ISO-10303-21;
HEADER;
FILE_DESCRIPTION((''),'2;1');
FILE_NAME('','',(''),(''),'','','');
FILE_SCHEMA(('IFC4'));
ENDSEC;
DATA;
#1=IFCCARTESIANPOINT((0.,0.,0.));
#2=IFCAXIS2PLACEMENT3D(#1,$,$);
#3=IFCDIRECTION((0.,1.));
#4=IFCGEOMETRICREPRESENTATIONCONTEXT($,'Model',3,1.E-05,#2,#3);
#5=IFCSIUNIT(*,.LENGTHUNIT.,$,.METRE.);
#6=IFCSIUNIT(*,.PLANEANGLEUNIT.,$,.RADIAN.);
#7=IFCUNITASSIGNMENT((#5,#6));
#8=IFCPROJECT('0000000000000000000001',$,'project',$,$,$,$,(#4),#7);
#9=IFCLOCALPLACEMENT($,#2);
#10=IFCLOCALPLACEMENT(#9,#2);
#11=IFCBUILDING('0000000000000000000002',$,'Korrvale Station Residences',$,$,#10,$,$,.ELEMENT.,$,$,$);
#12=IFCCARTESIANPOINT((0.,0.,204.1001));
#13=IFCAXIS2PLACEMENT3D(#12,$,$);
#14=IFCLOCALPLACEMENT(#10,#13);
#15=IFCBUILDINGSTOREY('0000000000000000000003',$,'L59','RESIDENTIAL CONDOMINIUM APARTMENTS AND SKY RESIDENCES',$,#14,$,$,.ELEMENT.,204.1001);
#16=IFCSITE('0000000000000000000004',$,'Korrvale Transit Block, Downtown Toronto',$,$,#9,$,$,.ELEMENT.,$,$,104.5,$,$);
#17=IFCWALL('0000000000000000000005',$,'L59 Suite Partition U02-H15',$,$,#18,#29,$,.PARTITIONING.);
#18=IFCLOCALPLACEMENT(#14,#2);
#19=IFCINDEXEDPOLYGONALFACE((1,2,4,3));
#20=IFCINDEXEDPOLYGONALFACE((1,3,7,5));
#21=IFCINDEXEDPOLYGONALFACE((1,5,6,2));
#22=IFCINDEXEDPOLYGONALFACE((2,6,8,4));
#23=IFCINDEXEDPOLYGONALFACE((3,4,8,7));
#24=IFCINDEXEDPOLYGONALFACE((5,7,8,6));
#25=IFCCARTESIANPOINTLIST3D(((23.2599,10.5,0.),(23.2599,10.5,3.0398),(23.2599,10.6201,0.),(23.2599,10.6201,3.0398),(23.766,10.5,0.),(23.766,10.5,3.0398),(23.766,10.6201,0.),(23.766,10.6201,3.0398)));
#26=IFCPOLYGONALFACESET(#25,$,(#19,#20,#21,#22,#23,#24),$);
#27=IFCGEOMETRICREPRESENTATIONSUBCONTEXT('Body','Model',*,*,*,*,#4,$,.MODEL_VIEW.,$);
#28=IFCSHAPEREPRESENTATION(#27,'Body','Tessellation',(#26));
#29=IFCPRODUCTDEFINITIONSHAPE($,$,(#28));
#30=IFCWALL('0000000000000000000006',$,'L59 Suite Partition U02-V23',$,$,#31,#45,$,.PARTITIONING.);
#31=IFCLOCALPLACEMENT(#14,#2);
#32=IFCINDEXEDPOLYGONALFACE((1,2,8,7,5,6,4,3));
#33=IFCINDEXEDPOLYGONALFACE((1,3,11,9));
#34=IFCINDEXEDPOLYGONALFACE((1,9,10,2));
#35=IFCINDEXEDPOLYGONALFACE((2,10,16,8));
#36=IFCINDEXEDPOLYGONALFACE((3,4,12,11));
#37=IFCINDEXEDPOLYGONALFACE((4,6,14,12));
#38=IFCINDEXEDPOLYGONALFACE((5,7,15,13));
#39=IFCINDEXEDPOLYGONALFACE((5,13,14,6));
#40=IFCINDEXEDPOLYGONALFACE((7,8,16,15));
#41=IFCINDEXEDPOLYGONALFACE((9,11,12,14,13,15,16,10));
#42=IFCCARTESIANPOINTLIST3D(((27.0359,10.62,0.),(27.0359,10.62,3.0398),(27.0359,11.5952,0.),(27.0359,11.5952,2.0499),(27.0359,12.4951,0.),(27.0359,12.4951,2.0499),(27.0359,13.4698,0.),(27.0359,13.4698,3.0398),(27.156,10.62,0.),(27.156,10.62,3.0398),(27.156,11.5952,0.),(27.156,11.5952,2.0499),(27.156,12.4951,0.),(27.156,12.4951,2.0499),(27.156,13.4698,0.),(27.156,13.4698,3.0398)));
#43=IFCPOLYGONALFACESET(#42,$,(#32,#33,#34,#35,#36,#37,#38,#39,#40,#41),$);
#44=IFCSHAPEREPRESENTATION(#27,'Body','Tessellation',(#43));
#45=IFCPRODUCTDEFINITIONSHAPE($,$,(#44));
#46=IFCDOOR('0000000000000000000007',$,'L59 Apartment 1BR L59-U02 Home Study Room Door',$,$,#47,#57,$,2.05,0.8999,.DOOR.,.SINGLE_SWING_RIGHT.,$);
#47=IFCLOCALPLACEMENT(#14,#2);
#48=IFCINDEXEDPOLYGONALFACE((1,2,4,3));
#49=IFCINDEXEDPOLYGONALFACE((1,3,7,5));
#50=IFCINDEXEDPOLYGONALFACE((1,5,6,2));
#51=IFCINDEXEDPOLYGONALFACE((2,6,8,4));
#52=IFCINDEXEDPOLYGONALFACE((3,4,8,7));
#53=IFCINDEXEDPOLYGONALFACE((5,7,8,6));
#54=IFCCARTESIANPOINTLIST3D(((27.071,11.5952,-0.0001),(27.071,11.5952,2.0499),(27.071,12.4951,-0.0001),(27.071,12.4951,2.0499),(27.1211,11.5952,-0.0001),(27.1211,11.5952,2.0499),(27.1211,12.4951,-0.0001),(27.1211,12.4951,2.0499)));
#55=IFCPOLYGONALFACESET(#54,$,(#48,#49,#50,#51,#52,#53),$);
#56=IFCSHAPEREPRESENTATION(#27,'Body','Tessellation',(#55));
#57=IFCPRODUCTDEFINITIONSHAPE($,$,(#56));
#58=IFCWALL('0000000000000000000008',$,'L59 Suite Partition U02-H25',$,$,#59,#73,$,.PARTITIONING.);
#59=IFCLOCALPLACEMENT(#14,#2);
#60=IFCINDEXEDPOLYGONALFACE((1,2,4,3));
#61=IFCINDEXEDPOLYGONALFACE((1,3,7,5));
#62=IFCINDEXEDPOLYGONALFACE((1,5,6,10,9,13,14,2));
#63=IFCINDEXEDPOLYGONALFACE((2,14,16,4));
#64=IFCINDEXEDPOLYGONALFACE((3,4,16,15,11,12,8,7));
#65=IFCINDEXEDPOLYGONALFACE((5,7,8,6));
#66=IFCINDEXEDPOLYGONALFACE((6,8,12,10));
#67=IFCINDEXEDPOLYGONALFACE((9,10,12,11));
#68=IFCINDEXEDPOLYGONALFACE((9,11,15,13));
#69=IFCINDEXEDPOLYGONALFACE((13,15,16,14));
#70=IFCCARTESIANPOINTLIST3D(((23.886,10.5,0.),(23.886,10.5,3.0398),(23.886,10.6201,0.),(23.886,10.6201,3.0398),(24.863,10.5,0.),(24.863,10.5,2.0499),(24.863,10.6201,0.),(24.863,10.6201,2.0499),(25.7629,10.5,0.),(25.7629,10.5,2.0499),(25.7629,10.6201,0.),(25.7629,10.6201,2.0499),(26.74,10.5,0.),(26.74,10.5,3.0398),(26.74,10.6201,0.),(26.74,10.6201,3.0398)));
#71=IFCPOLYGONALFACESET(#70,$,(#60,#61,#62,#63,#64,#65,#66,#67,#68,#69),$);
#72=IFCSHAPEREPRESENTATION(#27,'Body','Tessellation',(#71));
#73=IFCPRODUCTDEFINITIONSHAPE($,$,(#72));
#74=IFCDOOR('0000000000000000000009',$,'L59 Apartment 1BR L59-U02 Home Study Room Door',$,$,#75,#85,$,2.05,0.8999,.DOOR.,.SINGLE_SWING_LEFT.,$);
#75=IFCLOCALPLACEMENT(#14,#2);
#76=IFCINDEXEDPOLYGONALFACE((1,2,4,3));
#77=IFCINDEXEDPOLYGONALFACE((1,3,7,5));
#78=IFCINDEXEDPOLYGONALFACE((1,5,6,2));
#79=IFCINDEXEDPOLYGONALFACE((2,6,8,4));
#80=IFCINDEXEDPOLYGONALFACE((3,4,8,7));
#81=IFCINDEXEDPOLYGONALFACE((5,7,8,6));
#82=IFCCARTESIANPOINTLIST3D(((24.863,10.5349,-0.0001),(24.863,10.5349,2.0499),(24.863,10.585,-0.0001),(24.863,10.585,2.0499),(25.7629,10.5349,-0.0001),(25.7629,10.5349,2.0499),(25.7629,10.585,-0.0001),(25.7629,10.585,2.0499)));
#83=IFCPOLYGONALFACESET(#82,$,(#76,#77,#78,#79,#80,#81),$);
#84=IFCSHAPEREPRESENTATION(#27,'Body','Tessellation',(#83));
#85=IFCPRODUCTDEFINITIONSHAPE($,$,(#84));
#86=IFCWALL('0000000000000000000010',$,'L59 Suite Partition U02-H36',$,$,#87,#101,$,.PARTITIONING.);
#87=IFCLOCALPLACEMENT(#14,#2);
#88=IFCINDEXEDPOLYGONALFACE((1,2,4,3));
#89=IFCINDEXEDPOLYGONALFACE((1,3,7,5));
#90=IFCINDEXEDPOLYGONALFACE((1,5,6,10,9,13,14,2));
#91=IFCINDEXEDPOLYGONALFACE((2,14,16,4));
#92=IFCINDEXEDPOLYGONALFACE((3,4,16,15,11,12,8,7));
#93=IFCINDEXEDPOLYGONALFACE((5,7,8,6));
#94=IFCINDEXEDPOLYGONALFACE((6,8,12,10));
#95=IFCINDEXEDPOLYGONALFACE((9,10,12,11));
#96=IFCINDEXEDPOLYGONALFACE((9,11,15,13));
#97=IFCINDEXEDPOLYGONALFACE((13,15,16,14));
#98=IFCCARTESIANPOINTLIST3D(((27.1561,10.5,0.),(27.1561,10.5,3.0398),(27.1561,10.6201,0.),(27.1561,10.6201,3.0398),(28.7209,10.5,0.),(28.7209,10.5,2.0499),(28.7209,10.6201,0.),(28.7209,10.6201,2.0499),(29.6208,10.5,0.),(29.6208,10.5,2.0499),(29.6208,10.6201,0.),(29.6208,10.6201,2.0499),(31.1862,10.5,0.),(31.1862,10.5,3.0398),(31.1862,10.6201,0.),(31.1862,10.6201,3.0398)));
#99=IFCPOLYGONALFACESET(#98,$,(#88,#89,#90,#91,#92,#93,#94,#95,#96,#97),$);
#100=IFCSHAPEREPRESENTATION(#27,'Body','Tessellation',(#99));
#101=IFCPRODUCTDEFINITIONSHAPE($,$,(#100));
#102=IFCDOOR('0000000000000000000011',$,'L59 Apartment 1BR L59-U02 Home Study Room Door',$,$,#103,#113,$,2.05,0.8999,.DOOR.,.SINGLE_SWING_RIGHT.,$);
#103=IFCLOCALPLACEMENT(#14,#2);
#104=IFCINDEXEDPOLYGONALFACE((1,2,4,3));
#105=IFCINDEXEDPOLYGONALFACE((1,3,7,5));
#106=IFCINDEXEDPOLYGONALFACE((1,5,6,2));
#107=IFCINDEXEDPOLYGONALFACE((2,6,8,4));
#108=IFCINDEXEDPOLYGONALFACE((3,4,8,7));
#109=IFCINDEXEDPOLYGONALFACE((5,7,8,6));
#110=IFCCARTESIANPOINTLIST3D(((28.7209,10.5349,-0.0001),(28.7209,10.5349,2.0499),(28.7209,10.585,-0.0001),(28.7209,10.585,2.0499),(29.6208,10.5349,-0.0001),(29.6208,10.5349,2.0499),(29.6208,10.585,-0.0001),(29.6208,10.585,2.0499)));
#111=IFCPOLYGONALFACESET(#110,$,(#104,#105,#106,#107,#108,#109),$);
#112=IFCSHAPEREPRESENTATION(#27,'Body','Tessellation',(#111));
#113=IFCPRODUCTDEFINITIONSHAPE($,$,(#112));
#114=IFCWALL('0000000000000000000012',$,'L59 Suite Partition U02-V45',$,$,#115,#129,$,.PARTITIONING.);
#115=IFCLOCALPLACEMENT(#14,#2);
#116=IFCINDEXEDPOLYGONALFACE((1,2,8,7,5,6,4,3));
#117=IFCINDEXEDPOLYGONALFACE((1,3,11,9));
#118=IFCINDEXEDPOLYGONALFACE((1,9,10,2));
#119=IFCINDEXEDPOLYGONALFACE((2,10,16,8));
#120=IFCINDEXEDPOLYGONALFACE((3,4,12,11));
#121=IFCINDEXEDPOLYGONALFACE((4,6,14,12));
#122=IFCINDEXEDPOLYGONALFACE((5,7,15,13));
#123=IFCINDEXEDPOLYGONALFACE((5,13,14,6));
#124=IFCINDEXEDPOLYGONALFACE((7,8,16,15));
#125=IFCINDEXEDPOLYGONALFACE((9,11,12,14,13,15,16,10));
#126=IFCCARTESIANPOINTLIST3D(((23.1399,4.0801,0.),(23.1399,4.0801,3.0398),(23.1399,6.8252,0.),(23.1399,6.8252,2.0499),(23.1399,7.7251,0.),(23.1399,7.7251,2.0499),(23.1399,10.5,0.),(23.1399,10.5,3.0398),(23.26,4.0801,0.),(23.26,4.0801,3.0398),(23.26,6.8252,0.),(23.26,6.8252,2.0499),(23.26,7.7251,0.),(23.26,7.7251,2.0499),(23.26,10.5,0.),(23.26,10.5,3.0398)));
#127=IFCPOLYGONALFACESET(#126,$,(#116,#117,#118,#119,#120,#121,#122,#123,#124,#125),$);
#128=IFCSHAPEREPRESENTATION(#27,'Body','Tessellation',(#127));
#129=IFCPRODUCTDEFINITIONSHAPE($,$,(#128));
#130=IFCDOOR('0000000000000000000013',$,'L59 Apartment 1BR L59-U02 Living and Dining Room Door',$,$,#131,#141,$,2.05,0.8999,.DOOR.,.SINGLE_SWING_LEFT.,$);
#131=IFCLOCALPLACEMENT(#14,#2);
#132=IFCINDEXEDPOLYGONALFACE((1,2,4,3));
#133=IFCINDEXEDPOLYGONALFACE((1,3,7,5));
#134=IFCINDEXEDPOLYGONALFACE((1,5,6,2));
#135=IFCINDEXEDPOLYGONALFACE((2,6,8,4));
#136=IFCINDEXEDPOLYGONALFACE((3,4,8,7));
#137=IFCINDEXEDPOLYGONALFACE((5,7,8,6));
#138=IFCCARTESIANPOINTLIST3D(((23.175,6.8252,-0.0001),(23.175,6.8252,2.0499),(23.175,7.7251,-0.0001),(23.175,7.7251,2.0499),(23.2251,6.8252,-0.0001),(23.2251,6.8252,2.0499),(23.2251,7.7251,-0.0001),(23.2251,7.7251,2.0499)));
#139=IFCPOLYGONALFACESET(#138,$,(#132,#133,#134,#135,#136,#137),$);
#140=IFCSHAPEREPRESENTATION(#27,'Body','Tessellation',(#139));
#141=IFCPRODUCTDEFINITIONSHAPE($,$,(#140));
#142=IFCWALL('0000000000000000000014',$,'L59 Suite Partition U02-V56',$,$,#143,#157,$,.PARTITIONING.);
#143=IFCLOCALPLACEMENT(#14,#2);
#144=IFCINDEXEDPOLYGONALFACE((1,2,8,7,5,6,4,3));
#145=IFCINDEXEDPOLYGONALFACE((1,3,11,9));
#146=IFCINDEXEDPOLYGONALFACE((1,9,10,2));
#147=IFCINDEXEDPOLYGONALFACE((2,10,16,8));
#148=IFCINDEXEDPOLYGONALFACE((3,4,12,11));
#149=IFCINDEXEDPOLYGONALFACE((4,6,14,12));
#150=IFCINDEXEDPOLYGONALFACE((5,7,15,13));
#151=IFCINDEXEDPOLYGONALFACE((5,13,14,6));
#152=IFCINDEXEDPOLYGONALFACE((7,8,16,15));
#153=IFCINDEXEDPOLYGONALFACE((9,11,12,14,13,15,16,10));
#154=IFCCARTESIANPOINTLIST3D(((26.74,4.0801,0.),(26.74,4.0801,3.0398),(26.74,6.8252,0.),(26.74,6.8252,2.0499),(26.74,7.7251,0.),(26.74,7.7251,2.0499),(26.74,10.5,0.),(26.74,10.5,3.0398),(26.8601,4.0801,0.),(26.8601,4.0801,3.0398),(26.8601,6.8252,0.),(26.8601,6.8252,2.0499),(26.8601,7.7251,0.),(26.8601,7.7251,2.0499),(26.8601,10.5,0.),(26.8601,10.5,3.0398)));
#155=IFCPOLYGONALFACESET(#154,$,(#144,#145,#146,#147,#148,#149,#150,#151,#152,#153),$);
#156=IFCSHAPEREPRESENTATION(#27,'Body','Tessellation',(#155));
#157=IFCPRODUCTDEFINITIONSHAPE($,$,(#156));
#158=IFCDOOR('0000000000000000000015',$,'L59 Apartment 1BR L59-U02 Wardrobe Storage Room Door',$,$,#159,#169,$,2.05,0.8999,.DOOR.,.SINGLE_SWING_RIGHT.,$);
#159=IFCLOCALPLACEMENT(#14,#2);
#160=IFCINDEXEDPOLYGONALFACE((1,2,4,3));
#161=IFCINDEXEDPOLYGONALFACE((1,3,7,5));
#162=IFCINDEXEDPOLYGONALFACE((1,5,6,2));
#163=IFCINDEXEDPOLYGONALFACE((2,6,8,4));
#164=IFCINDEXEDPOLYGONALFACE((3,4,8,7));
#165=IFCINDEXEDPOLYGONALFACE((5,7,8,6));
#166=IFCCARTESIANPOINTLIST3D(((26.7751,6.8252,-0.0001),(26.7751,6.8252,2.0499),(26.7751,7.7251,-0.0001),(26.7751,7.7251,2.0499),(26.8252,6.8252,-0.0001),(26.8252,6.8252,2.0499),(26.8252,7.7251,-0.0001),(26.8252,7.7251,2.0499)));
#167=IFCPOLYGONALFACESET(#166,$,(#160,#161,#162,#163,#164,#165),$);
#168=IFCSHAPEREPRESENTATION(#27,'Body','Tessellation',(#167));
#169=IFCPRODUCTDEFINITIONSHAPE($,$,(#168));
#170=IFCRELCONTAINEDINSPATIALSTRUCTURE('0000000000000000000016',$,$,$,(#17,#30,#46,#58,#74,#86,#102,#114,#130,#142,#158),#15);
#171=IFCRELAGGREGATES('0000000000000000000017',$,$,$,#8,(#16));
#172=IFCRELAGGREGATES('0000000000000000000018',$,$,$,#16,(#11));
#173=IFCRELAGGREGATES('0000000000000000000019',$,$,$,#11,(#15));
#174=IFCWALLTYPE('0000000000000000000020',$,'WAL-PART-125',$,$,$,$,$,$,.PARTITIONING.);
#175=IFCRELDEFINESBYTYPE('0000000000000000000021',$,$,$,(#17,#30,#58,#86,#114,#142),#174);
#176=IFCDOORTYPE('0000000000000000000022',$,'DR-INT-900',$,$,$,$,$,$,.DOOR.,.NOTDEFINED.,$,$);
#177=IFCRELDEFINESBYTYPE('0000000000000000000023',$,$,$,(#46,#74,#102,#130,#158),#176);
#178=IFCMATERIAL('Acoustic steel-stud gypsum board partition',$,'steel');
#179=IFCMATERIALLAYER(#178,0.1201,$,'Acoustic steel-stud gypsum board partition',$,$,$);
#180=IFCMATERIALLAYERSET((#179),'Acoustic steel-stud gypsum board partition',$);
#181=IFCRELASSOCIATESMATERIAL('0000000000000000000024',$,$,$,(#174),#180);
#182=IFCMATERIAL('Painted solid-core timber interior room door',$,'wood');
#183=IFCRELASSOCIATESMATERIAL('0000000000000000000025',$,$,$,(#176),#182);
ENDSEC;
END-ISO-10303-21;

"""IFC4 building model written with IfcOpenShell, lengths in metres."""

from ifc_helpers import new_model, si_unit, direction, frame, frame_2d, origin, place, context, subcontext, project, spatial, rectangle, extrude, material, layer, layer_set, type_object, element, fill, save


model = new_model("IFC4")

# Units and contexts
model_context = context("Model", 3, precision=1e-05, world=origin(), true_north=direction((0.0, 1.0)))
body_context = subcontext(model_context, "Body", "Model", "MODEL_VIEW")
ifc_project = project(units=[si_unit("LENGTHUNIT", "METRE"), si_unit("PLANEANGLEUNIT", "RADIAN")], contexts=[model_context])

# Site, building, storey
site_placement = place(None, origin())
site = spatial("IfcSite", under=ifc_project, at=site_placement, Name="Korrvale Transit Block, Downtown Toronto", CompositionType="ELEMENT", RefElevation=104.5)
building_placement = place(site_placement, origin())
building = spatial("IfcBuilding", under=site, at=building_placement, Name="Korrvale Station Residences", CompositionType="ELEMENT")
storey_placement = place(building_placement, frame((0.0, 0.0, 204.1001)))
storey = spatial("IfcBuildingStorey", under=building, at=storey_placement, Name="L59", Description="RESIDENTIAL CONDOMINIUM APARTMENTS AND SKY RESIDENCES", CompositionType="ELEMENT", Elevation=204.1001)

# Shared definitions
ifc_material_1 = material(Name="Acoustic steel-stud gypsum board partition", Category="steel")
ifc_layer_1 = layer(ifc_material_1, 0.1201, Name="Acoustic steel-stud gypsum board partition")
ifc_layer_set_1 = layer_set([ifc_layer_1], Name="Acoustic steel-stud gypsum board partition")
wall_type_1 = type_object("IfcWallType", Name="WAL-PART-125", PredefinedType="PARTITIONING", material=ifc_layer_set_1)
ifc_material_2 = material(Name="Painted solid-core timber interior room door", Category="wood")
door_type = type_object("IfcDoorType", Name="DR-INT-900", OperationType="NOTDEFINED", PredefinedType="DOOR", material=ifc_material_2)

# Wall
wall_1_placement = place(storey_placement, frame((23.26, 10.5601, 0.0), z_axis=(0.0, 0.0, 1.0), x_axis=(1.0, 0.0, 0.0)))
element("IfcWall", 1, at=wall_1_placement, inside=storey, type_object=wall_type_1, Name="L59 Suite Partition U02-H15", PredefinedType="PARTITIONING", context=body_context, shape_type="SweptSolid", body=[
    extrude(rectangle(XDim=0.5061, YDim=0.1201, at=frame_2d((0.2529, 0.0))), origin(), (0.0, 0.0, 1.0), 3.0398),
])

# Walls, openings, doors
wall_2_placement = place(storey_placement, frame((27.0959, 10.6201, 0.0), z_axis=(0.0, 0.0, 1.0), x_axis=(0.0, 1.0, 0.0)))
wall_2 = element("IfcWall", 2, at=wall_2_placement, inside=storey, type_object=wall_type_1, Name="L59 Suite Partition U02-V23", PredefinedType="PARTITIONING", context=body_context, shape_type="SweptSolid", body=[
    extrude(rectangle(XDim=2.8499, YDim=0.1201, at=frame_2d((1.4248, 0.0))), origin(), (0.0, 0.0, 1.0), 3.0398),
])
opening_1_placement = place(wall_2_placement, frame((0.9751, 0.0, 0.0)))
opening_1 = element("IfcOpeningElement", 3, at=opening_1_placement, cuts=wall_2, PredefinedType="OPENING", context=body_context, shape_type="SweptSolid", body=[
    extrude(rectangle(XDim=0.8999, YDim=2.05, at=frame_2d((0.45, 1.0249))), frame((0.0, 0.0701, 0.0), z_axis=(0.0, -1.0, 0.0), x_axis=(1.0, 0.0, 0.0)), (0.0, 0.0, 1.0), 0.1401),
])
door_1_placement = place(opening_1_placement, origin())
door_1 = element("IfcDoor", 4, at=door_1_placement, inside=storey, type_object=door_type, Name="L59 Apartment 1BR L59-U02 Home Study Room Door", OperationType="SINGLE_SWING_RIGHT", OverallHeight=2.05, OverallWidth=0.8999, PredefinedType="DOOR", context=body_context, shape_type="SweptSolid", body=[
    extrude(rectangle(XDim=0.8999, YDim=2.05, at=frame_2d((0.45, 1.0249))), frame((0.0, 0.0249, 0.0), z_axis=(0.0, -1.0, 0.0), x_axis=(1.0, 0.0, 0.0)), (0.0, 0.0, 1.0), 0.05),
])
fill(opening_1, door_1)
wall_3_placement = place(storey_placement, frame((23.886, 10.5601, 0.0), z_axis=(0.0, 0.0, 1.0), x_axis=(1.0, 0.0, 0.0)))
wall_3 = element("IfcWall", 5, at=wall_3_placement, inside=storey, type_object=wall_type_1, Name="L59 Suite Partition U02-H25", PredefinedType="PARTITIONING", context=body_context, shape_type="SweptSolid", body=[
    extrude(rectangle(XDim=2.854, YDim=0.1201, at=frame_2d((1.427, 0.0))), origin(), (0.0, 0.0, 1.0), 3.0398),
])
opening_2_placement = place(wall_3_placement, frame((0.9771, 0.0, 0.0)))
opening_2 = element("IfcOpeningElement", 6, at=opening_2_placement, cuts=wall_3, PredefinedType="OPENING", context=body_context, shape_type="SweptSolid", body=[
    extrude(rectangle(XDim=0.8999, YDim=2.05, at=frame_2d((0.45, 1.0249))), frame((0.0, 0.0701, 0.0), z_axis=(0.0, -1.0, 0.0), x_axis=(1.0, 0.0, 0.0)), (0.0, 0.0, 1.0), 0.1401),
])
door_2_placement = place(opening_2_placement, origin())
door_2 = element("IfcDoor", 7, at=door_2_placement, inside=storey, type_object=door_type, Name="L59 Apartment 1BR L59-U02 Home Study Room Door", OperationType="SINGLE_SWING_LEFT", OverallHeight=2.05, OverallWidth=0.8999, PredefinedType="DOOR", context=body_context, shape_type="SweptSolid", body=[
    extrude(rectangle(XDim=0.8999, YDim=2.05, at=frame_2d((0.45, 1.0249))), frame((0.0, 0.0249, 0.0), z_axis=(0.0, -1.0, 0.0), x_axis=(1.0, 0.0, 0.0)), (0.0, 0.0, 1.0), 0.05),
])
fill(opening_2, door_2)
wall_4_placement = place(storey_placement, frame((27.156, 10.5601, 0.0), z_axis=(0.0, 0.0, 1.0), x_axis=(1.0, 0.0, 0.0)))
wall_4 = element("IfcWall", 8, at=wall_4_placement, inside=storey, type_object=wall_type_1, Name="L59 Suite Partition U02-H36", PredefinedType="PARTITIONING", context=body_context, shape_type="SweptSolid", body=[
    extrude(rectangle(XDim=4.03, YDim=0.1201, at=frame_2d((2.0151, 0.0))), origin(), (0.0, 0.0, 1.0), 3.0398),
])
opening_3_placement = place(wall_4_placement, frame((1.5649, 0.0, 0.0)))
opening_3 = element("IfcOpeningElement", 9, at=opening_3_placement, cuts=wall_4, PredefinedType="OPENING", context=body_context, shape_type="SweptSolid", body=[
    extrude(rectangle(XDim=0.8999, YDim=2.05, at=frame_2d((0.45, 1.0249))), frame((0.0, 0.0701, 0.0), z_axis=(0.0, -1.0, 0.0), x_axis=(1.0, 0.0, 0.0)), (0.0, 0.0, 1.0), 0.1401),
])
door_3_placement = place(opening_3_placement, origin())
door_3 = element("IfcDoor", 10, at=door_3_placement, inside=storey, type_object=door_type, Name="L59 Apartment 1BR L59-U02 Home Study Room Door", OperationType="SINGLE_SWING_RIGHT", OverallHeight=2.05, OverallWidth=0.8999, PredefinedType="DOOR", context=body_context, shape_type="SweptSolid", body=[
    extrude(rectangle(XDim=0.8999, YDim=2.05, at=frame_2d((0.45, 1.0249))), frame((0.0, 0.0249, 0.0), z_axis=(0.0, -1.0, 0.0), x_axis=(1.0, 0.0, 0.0)), (0.0, 0.0, 1.0), 0.05),
])
fill(opening_3, door_3)
wall_5_placement = place(storey_placement, frame((23.2, 4.0801, 0.0), z_axis=(0.0, 0.0, 1.0), x_axis=(0.0, 1.0, 0.0)))
wall_5 = element("IfcWall", 11, at=wall_5_placement, inside=storey, type_object=wall_type_1, Name="L59 Suite Partition U02-V45", PredefinedType="PARTITIONING", context=body_context, shape_type="SweptSolid", body=[
    extrude(rectangle(XDim=6.4199, YDim=0.1201, at=frame_2d((3.21, 0.0))), origin(), (0.0, 0.0, 1.0), 3.0398),
])
opening_4_placement = place(wall_5_placement, frame((2.7451, 0.0, 0.0)))
opening_4 = element("IfcOpeningElement", 12, at=opening_4_placement, cuts=wall_5, PredefinedType="OPENING", context=body_context, shape_type="SweptSolid", body=[
    extrude(rectangle(XDim=0.8999, YDim=2.05, at=frame_2d((0.45, 1.0249))), frame((0.0, 0.0701, 0.0), z_axis=(0.0, -1.0, 0.0), x_axis=(1.0, 0.0, 0.0)), (0.0, 0.0, 1.0), 0.1401),
])
door_4_placement = place(opening_4_placement, origin())
door_4 = element("IfcDoor", 13, at=door_4_placement, inside=storey, type_object=door_type, Name="L59 Apartment 1BR L59-U02 Living and Dining Room Door", OperationType="SINGLE_SWING_LEFT", OverallHeight=2.05, OverallWidth=0.8999, PredefinedType="DOOR", context=body_context, shape_type="SweptSolid", body=[
    extrude(rectangle(XDim=0.8999, YDim=2.05, at=frame_2d((0.45, 1.0249))), frame((0.0, 0.0249, 0.0), z_axis=(0.0, -1.0, 0.0), x_axis=(1.0, 0.0, 0.0)), (0.0, 0.0, 1.0), 0.05),
])
fill(opening_4, door_4)
wall_6_placement = place(storey_placement, frame((26.8, 4.0801, 0.0), z_axis=(0.0, 0.0, 1.0), x_axis=(0.0, 1.0, 0.0)))
wall_6 = element("IfcWall", 14, at=wall_6_placement, inside=storey, type_object=wall_type_1, Name="L59 Suite Partition U02-V56", PredefinedType="PARTITIONING", context=body_context, shape_type="SweptSolid", body=[
    extrude(rectangle(XDim=6.4199, YDim=0.1201, at=frame_2d((3.21, 0.0))), origin(), (0.0, 0.0, 1.0), 3.0398),
])
opening_5_placement = place(wall_6_placement, frame((2.7451, 0.0, 0.0)))
opening_5 = element("IfcOpeningElement", 15, at=opening_5_placement, cuts=wall_6, PredefinedType="OPENING", context=body_context, shape_type="SweptSolid", body=[
    extrude(rectangle(XDim=0.8999, YDim=2.05, at=frame_2d((0.45, 1.0249))), frame((0.0, 0.0701, 0.0), z_axis=(0.0, -1.0, 0.0), x_axis=(1.0, 0.0, 0.0)), (0.0, 0.0, 1.0), 0.1401),
])
door_5_placement = place(opening_5_placement, origin())
door_5 = element("IfcDoor", 16, at=door_5_placement, inside=storey, type_object=door_type, Name="L59 Apartment 1BR L59-U02 Wardrobe Storage Room Door", OperationType="SINGLE_SWING_RIGHT", OverallHeight=2.05, OverallWidth=0.8999, PredefinedType="DOOR", context=body_context, shape_type="SweptSolid", body=[
    extrude(rectangle(XDim=0.8999, YDim=2.05, at=frame_2d((0.45, 1.0249))), frame((0.0, 0.0249, 0.0), z_axis=(0.0, -1.0, 0.0), x_axis=(1.0, 0.0, 0.0)), (0.0, 0.0, 1.0), 0.05),
])
fill(opening_5, door_5)

save(model, "model.ifc")
